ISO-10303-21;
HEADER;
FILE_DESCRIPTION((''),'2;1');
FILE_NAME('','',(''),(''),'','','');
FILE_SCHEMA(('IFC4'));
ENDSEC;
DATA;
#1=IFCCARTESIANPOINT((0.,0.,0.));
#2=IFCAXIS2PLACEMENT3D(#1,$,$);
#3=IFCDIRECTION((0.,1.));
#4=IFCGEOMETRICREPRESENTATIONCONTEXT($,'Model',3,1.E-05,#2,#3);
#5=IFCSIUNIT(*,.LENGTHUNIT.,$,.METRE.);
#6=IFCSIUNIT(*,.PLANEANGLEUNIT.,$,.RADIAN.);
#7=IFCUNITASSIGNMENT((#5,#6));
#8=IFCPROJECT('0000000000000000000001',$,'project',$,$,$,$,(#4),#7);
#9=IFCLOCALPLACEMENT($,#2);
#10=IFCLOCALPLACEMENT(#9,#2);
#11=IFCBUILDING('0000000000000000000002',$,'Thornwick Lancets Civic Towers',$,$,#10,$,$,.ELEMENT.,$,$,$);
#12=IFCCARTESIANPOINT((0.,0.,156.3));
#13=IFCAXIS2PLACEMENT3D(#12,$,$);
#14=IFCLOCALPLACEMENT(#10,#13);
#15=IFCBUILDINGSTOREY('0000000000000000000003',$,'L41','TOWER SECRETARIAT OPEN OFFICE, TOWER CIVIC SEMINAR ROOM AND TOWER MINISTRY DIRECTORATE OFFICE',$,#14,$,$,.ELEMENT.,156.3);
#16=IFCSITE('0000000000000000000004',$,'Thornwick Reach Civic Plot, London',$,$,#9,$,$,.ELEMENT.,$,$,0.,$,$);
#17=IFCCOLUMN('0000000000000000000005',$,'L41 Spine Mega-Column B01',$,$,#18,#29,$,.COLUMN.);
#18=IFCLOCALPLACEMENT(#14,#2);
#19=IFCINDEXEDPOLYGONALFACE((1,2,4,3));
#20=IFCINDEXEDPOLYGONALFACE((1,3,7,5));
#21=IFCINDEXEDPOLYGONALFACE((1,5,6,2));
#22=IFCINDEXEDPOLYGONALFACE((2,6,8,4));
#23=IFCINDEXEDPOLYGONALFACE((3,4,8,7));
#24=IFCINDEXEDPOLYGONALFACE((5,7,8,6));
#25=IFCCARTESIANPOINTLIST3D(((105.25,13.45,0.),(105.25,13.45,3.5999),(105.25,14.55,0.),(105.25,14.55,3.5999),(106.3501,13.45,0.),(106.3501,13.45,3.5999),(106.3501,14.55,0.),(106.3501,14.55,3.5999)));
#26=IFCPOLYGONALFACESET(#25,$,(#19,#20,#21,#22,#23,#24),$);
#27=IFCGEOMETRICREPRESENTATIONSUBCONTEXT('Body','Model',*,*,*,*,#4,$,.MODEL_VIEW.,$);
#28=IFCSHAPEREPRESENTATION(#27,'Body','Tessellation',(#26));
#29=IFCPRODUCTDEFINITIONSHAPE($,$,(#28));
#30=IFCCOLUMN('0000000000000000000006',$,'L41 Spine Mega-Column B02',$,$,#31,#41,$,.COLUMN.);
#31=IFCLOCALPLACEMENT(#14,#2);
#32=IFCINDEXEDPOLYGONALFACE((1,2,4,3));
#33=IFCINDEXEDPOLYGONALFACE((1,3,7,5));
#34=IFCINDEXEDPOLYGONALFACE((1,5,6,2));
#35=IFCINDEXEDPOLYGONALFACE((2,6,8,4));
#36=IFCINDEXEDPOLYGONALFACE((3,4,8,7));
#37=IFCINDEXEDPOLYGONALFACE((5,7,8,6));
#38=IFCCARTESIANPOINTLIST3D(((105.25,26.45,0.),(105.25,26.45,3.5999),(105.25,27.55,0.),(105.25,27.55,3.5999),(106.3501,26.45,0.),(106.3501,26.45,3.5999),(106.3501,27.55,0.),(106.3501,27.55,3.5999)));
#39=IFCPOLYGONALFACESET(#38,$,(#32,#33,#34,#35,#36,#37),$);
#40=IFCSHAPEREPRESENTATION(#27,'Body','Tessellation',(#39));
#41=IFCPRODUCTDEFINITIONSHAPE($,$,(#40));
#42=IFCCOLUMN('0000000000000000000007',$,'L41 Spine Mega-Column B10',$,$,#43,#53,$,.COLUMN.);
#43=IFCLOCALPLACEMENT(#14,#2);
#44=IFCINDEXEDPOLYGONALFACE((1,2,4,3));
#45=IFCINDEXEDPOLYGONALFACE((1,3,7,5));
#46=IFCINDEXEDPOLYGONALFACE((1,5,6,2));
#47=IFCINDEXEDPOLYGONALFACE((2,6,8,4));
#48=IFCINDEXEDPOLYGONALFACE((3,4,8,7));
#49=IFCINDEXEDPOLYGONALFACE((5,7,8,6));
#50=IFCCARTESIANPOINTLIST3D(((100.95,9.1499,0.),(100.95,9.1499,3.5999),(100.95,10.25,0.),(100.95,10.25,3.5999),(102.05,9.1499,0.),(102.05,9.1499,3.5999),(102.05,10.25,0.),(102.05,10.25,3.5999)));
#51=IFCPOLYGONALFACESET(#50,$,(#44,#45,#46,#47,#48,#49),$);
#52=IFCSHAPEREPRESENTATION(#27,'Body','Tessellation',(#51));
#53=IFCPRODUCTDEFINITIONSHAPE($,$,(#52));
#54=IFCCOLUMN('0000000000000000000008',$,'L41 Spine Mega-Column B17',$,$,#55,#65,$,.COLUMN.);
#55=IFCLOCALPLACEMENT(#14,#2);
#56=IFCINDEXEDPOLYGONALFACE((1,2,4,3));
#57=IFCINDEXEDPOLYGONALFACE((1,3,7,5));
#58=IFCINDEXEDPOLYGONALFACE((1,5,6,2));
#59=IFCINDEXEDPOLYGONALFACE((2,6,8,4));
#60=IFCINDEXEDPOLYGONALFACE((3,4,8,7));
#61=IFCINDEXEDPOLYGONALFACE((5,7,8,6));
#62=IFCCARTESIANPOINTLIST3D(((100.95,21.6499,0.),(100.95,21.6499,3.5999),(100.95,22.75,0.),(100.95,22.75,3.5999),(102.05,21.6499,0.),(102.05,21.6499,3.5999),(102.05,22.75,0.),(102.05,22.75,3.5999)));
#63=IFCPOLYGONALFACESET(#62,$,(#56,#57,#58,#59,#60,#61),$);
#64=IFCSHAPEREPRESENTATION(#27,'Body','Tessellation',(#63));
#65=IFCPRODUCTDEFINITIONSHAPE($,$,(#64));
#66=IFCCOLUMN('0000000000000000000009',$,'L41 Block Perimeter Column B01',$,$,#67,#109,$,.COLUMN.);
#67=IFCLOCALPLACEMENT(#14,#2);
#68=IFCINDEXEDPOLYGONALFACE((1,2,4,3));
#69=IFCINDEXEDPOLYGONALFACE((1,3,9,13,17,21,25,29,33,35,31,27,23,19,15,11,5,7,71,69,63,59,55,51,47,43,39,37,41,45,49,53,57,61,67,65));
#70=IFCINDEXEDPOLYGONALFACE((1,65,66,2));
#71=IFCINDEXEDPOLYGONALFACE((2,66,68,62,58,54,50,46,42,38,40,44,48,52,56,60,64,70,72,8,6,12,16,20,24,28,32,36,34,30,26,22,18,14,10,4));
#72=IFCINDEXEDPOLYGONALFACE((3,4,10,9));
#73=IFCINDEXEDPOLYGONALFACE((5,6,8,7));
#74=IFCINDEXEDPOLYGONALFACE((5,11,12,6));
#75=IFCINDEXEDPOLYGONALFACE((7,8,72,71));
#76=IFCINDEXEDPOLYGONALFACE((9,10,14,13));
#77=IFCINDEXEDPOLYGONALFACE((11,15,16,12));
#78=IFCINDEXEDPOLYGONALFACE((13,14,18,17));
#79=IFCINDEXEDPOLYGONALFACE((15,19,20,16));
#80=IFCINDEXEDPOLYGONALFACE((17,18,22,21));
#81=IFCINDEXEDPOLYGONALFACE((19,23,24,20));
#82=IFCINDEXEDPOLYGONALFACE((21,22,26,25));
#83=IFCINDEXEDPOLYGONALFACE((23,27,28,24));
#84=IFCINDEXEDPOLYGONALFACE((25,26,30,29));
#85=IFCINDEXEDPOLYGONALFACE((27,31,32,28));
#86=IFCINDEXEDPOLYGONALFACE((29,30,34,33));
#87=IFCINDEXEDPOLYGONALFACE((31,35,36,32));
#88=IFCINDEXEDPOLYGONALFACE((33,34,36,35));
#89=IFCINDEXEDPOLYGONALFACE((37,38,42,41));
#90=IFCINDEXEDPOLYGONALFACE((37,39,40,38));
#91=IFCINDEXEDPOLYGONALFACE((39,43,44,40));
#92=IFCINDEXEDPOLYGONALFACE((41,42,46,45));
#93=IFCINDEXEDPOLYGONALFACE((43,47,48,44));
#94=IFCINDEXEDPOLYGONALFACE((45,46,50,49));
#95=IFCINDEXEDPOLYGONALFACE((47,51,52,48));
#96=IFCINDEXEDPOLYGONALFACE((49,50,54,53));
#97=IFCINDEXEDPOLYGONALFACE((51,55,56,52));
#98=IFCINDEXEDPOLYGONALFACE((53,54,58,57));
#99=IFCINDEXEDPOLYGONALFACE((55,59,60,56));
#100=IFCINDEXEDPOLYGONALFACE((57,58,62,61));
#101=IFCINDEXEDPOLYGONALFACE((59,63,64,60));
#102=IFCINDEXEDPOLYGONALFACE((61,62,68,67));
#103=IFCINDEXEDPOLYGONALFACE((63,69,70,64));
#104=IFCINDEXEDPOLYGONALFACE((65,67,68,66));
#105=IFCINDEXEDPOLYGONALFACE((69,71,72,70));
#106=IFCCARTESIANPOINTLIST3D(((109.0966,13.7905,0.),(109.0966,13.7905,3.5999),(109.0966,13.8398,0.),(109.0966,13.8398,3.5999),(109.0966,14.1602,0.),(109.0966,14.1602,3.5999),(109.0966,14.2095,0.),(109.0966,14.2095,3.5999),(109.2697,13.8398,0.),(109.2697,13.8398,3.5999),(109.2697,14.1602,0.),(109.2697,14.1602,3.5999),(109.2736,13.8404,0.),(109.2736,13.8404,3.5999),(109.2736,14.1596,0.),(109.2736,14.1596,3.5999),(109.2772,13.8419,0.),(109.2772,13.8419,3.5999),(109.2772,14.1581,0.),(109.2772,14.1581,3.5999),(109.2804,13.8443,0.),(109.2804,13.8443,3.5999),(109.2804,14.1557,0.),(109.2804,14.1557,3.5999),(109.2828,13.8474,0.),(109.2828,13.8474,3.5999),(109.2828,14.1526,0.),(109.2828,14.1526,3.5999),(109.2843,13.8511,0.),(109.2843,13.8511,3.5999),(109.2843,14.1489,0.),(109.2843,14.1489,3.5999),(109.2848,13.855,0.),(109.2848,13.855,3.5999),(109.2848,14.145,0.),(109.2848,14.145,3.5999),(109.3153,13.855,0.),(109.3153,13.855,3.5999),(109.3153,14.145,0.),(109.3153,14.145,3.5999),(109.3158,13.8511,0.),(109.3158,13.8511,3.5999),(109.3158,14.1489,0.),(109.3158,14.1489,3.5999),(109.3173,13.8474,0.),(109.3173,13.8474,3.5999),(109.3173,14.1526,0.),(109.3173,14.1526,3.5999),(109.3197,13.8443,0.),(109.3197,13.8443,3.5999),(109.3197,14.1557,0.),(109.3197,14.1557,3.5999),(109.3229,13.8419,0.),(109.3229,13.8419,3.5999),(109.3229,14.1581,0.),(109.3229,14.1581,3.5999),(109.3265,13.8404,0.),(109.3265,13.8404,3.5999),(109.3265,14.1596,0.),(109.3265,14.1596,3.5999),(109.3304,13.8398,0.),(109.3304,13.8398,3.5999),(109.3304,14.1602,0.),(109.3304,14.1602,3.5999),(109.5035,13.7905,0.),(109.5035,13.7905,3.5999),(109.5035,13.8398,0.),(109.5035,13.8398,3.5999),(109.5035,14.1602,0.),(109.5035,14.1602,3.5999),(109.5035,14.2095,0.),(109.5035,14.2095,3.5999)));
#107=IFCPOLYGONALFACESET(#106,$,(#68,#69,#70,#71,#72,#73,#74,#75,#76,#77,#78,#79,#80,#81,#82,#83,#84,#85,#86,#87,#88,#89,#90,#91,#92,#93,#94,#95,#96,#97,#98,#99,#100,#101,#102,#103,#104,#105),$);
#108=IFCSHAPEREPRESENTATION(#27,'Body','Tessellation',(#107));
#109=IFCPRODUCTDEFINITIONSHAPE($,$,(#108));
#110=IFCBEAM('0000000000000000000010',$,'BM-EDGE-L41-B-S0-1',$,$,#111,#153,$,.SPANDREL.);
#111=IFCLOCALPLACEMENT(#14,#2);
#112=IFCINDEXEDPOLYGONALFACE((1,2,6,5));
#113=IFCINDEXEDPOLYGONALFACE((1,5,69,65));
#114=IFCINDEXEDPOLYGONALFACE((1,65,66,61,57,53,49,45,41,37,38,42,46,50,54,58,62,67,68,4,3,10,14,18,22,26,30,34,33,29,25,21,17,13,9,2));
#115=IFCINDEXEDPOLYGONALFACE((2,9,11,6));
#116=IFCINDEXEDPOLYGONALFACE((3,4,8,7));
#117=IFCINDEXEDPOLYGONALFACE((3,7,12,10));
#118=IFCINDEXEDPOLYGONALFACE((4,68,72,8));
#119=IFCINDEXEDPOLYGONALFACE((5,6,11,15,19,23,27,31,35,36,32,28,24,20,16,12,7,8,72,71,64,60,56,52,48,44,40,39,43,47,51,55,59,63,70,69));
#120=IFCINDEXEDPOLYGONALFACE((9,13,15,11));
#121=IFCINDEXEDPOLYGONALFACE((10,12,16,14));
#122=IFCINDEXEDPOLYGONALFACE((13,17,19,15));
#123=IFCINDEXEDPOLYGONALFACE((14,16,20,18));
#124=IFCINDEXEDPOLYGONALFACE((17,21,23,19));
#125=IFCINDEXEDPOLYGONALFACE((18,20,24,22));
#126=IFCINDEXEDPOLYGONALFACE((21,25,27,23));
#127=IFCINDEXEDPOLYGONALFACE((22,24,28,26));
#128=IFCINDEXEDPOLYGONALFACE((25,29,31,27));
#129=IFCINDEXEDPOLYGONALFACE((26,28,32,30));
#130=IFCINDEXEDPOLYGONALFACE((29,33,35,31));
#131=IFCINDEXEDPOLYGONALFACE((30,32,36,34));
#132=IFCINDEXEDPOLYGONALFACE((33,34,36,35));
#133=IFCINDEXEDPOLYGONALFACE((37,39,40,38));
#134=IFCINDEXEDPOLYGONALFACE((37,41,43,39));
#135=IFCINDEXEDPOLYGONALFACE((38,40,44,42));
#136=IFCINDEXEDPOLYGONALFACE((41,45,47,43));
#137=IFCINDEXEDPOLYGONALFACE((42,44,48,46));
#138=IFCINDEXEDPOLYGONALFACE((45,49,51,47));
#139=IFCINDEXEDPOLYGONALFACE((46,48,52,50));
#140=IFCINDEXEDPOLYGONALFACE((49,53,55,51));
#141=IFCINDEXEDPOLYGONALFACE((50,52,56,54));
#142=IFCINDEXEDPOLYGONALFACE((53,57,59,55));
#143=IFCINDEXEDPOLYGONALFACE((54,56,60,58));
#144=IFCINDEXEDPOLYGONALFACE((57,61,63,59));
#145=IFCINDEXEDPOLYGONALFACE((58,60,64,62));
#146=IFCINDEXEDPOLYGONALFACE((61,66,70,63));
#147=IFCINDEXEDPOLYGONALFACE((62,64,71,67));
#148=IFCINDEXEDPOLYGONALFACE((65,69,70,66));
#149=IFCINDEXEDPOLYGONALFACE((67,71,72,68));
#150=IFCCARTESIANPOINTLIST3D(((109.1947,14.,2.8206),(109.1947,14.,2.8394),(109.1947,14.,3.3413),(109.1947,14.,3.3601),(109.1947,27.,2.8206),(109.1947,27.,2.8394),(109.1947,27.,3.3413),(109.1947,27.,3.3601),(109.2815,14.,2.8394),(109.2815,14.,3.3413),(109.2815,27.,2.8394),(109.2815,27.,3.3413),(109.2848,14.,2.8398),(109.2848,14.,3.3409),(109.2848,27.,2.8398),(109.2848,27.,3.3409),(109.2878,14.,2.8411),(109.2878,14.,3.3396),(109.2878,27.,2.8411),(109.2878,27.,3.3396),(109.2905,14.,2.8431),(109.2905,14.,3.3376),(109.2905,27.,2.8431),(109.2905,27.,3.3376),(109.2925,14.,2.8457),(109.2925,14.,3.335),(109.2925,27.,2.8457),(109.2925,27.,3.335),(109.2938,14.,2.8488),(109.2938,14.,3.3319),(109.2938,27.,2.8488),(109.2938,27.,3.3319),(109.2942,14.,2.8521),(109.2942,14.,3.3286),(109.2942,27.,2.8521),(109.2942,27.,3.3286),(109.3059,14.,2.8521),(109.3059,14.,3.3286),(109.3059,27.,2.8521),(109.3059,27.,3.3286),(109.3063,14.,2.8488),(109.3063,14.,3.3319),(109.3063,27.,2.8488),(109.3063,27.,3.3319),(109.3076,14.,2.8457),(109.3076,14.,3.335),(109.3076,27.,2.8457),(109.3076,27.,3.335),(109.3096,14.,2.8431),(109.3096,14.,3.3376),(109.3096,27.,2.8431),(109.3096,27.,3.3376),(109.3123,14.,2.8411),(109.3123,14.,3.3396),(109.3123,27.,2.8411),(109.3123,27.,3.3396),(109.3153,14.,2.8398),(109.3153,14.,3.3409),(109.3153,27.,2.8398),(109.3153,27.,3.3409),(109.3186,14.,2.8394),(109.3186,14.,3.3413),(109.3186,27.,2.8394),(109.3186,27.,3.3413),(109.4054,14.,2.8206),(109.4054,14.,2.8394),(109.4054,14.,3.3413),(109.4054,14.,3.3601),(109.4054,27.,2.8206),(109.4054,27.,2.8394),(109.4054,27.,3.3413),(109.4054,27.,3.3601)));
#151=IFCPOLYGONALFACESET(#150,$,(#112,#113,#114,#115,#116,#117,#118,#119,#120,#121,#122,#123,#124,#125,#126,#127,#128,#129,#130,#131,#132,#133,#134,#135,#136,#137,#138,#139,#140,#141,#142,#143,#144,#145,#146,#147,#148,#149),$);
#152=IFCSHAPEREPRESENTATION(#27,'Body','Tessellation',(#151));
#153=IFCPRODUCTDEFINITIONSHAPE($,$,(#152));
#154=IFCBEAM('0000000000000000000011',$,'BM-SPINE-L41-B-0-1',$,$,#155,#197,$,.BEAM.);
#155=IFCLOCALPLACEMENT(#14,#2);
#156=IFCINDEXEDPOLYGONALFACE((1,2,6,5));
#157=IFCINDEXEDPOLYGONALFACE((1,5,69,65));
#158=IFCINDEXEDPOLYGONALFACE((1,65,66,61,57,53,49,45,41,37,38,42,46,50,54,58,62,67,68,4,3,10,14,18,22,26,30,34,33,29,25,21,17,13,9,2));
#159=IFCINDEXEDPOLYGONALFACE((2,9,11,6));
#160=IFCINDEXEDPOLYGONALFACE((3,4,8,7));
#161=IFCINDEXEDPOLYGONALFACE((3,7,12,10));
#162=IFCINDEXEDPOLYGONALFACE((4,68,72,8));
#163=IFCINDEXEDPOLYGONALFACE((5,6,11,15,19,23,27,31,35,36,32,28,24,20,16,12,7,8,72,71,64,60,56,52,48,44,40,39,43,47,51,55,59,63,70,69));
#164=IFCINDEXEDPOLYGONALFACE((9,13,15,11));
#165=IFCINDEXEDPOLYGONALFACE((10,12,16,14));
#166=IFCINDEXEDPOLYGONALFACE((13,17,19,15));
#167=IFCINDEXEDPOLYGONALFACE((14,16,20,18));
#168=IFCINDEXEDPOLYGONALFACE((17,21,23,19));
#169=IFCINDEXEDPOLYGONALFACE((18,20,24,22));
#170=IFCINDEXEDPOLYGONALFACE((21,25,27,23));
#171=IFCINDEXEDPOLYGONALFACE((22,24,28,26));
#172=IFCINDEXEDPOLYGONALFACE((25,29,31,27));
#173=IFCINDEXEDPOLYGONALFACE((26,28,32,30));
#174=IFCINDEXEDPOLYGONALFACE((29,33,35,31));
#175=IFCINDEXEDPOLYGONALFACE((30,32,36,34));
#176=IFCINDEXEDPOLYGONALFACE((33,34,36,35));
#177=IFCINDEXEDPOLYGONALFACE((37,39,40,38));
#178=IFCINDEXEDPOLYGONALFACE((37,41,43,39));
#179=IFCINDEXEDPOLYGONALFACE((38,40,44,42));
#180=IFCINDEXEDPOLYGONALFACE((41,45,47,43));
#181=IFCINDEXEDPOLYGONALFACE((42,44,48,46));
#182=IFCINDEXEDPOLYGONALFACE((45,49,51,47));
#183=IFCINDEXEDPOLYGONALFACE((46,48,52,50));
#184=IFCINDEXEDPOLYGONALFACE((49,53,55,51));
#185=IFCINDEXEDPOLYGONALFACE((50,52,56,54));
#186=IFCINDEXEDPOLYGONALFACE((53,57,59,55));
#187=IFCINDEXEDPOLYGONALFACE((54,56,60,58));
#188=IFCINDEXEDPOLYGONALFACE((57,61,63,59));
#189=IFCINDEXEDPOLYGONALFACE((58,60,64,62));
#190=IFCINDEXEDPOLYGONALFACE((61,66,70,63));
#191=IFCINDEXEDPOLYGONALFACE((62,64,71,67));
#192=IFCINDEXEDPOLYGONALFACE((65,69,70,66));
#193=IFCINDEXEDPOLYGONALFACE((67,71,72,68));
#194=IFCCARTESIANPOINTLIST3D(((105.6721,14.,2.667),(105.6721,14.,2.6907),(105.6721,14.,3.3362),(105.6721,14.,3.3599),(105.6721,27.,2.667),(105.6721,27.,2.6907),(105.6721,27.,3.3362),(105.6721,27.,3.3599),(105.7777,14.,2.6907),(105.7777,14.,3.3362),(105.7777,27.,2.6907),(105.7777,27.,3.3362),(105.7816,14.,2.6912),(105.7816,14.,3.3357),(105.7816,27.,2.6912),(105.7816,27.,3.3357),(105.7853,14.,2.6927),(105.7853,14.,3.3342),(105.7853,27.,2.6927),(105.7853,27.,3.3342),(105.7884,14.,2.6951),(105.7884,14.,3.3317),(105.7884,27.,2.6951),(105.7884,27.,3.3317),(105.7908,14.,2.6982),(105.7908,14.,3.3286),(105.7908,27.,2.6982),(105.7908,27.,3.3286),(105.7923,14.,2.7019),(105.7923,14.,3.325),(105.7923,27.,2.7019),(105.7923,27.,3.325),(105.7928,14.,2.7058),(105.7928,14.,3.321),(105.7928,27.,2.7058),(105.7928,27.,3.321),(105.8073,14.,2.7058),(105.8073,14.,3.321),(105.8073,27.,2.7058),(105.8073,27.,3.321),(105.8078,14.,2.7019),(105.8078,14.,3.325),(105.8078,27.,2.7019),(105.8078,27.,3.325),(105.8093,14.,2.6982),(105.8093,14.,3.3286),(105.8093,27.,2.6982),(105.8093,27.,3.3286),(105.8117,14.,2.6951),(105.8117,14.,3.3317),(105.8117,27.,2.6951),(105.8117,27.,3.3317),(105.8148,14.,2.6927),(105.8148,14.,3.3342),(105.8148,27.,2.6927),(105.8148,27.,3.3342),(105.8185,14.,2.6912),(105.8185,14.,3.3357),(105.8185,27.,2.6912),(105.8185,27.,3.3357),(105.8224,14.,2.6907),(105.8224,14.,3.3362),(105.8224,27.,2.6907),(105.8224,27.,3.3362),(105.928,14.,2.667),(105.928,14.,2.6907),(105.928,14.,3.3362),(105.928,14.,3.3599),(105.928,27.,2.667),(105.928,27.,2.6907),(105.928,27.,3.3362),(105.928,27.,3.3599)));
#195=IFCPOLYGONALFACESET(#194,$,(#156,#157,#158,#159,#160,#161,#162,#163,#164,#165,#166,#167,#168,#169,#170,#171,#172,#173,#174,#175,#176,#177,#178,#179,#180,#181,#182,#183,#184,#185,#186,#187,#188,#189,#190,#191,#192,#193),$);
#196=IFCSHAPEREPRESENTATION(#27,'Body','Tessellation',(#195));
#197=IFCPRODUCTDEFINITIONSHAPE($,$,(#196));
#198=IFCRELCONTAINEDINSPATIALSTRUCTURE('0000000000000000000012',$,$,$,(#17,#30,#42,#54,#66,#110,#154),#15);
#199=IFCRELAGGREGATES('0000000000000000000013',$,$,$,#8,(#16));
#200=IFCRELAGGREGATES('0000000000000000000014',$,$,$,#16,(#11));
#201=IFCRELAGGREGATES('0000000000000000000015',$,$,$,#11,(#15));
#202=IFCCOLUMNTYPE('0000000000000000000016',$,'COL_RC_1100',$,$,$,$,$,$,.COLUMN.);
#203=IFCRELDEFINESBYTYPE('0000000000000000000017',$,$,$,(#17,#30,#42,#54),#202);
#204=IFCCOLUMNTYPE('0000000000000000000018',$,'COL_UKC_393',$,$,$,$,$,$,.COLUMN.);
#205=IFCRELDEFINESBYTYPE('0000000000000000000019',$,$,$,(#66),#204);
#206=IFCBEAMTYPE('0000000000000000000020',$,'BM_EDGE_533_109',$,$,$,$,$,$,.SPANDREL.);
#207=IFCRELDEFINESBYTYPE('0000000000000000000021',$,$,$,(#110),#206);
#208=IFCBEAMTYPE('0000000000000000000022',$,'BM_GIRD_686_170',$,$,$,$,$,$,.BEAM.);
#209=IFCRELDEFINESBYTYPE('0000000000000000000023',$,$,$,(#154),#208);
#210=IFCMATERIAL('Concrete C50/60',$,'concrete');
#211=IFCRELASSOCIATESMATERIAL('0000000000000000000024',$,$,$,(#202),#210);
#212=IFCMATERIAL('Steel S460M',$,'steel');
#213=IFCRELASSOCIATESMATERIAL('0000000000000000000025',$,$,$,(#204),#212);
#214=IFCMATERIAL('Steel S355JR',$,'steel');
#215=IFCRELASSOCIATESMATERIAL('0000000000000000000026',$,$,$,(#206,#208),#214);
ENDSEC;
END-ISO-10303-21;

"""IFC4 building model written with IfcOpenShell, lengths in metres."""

from ifc_helpers import new_model, si_unit, direction, frame, origin, origin_2d, place, context, subcontext, project, spatial, rectangle, i_section, extrude, material, material_profile, profile_set, type_object, element, save


model = new_model("IFC4")

# Units and contexts
model_context = context("Model", 3, precision=1e-05, world=origin(), true_north=direction((0.0, 1.0)))
body_context = subcontext(model_context, "Body", "Model", "MODEL_VIEW")
ifc_project = project(units=[si_unit("LENGTHUNIT", "METRE"), si_unit("PLANEANGLEUNIT", "RADIAN")], contexts=[model_context])

# Site, building, storey
site_placement = place(None, origin())
site = spatial("IfcSite", under=ifc_project, at=site_placement, Name="Thornwick Reach Civic Plot, London", CompositionType="ELEMENT", RefElevation=0.0)
building_placement = place(site_placement, origin())
building = spatial("IfcBuilding", under=site, at=building_placement, Name="Thornwick Lancets Civic Towers", CompositionType="ELEMENT")
storey_placement = place(building_placement, frame((0.0, 0.0, 156.3)))
storey = spatial("IfcBuildingStorey", under=building, at=storey_placement, Name="L41", Description="TOWER SECRETARIAT OPEN OFFICE, TOWER CIVIC SEMINAR ROOM AND TOWER MINISTRY DIRECTORATE OFFICE", CompositionType="ELEMENT", Elevation=156.3)

# Columns
ifc_material_1 = material(Name="Concrete C50/60", Category="concrete")
ifc_material_profile_1 = material_profile(ifc_material_1, rectangle(XDim=1.1001, YDim=1.1001, at=origin_2d()), Name="RC 1100x1100")
ifc_profile_set_1 = profile_set([ifc_material_profile_1], Name="Concrete C50/60")
column_type_1 = type_object("IfcColumnType", Name="COL_RC_1100", PredefinedType="COLUMN", material=ifc_profile_set_1)
for number, where, z_axis, x_axis, name in (
    (1, (105.8, 14.0, 0.0), (0.0, 0.0, 1.0), (1.0, 0.0, 0.0), "L41 Spine Mega-Column B01"),
    (2, (105.8, 27.0, 0.0), (0.0, 0.0, 1.0), (1.0, 0.0, 0.0), "L41 Spine Mega-Column B02"),
    (3, (101.5, 9.7, 0.0), (0.0, 0.0, 1.0), (1.0, 0.0, 0.0), "L41 Spine Mega-Column B10"),
    (4, (101.5, 22.2, 0.0), (0.0, 0.0, 1.0), (1.0, 0.0, 0.0), "L41 Spine Mega-Column B17"),
):
    element("IfcColumn", number, at=place(storey_placement, frame(where, z_axis=z_axis, x_axis=x_axis)), inside=storey, type_object=column_type_1, Name=name, PredefinedType="COLUMN", context=body_context, shape_type="SweptSolid", body=[
        extrude(rectangle(XDim=1.1001, YDim=1.1001, at=origin_2d()), origin(), (0.0, 0.0, 1.0), 3.5999),
    ])
ifc_material_2 = material(Name="Steel S460M", Category="steel")
ifc_material_profile_2 = material_profile(ifc_material_2, i_section(OverallWidth=0.407, OverallDepth=0.4189, WebThickness=0.0305, FlangeThickness=0.0493, FilletRadius=0.0151, at=origin_2d()), Name="UKC 356x406x393")
ifc_profile_set_2 = profile_set([ifc_material_profile_2], Name="Steel S460M")
column_type_2 = type_object("IfcColumnType", Name="COL_UKC_393", PredefinedType="COLUMN", material=ifc_profile_set_2)
column_placement = place(storey_placement, frame((109.3, 14.0, 0.0), z_axis=(0.0, 0.0, 1.0), x_axis=(1.0, 0.0, 0.0)))
element("IfcColumn", 5, at=column_placement, inside=storey, type_object=column_type_2, Name="L41 Block Perimeter Column B01", PredefinedType="COLUMN", context=body_context, shape_type="SweptSolid", body=[
    extrude(i_section(OverallWidth=0.407, OverallDepth=0.4189, WebThickness=0.0305, FlangeThickness=0.0493, FilletRadius=0.0151, at=origin_2d()), origin(), (0.0, 0.0, 1.0), 3.5999),
])

# Beams
ifc_material_3 = material(Name="Steel S355JR", Category="steel")
ifc_material_profile_3 = material_profile(ifc_material_3, i_section(OverallWidth=0.2107, OverallDepth=0.5396, WebThickness=0.0117, FlangeThickness=0.0188, FilletRadius=0.0127, at=origin_2d()), Name="UKB 533x210x109")
ifc_profile_set_3 = profile_set([ifc_material_profile_3], Name="Steel S355JR")
beam_type_1 = type_object("IfcBeamType", Name="BM_EDGE_533_109", PredefinedType="SPANDREL", material=ifc_profile_set_3)
beam_1_placement = place(storey_placement, frame((109.3, 14.0, 3.0903), z_axis=(0.0, 1.0, 0.0), x_axis=(-1.0, 0.0, 0.0)))
element("IfcBeam", 6, at=beam_1_placement, inside=storey, type_object=beam_type_1, Name="BM-EDGE-L41-B-S0-1", PredefinedType="SPANDREL", context=body_context, shape_type="SweptSolid", body=[
    extrude(i_section(OverallWidth=0.2107, OverallDepth=0.5396, WebThickness=0.0117, FlangeThickness=0.0188, FilletRadius=0.0127, at=origin_2d()), origin(), (0.0, 0.0, 1.0), 13.0),
])
ifc_material_profile_4 = material_profile(ifc_material_3, i_section(OverallWidth=0.2559, OverallDepth=0.6929, WebThickness=0.0144, FlangeThickness=0.0237, FilletRadius=0.0151, at=origin_2d()), Name="UKB 686x254x170")
ifc_profile_set_4 = profile_set([ifc_material_profile_4], Name="Steel S355JR")
beam_type_2 = type_object("IfcBeamType", Name="BM_GIRD_686_170", PredefinedType="BEAM", material=ifc_profile_set_4)
for number, where, z_axis, x_axis, name in (
    (7, (105.8, 14.0, 3.0134), (0.0, 1.0, 0.0), (-1.0, 0.0, 0.0), "BM-SPINE-L41-B-0-1"),
):
    element("IfcBeam", number, at=place(storey_placement, frame(where, z_axis=z_axis, x_axis=x_axis)), inside=storey, type_object=beam_type_2, Name=name, PredefinedType="BEAM", context=body_context, shape_type="SweptSolid", body=[
        extrude(i_section(OverallWidth=0.2559, OverallDepth=0.6929, WebThickness=0.0144, FlangeThickness=0.0237, FilletRadius=0.0151, at=origin_2d()), origin(), (0.0, 0.0, 1.0), 13.0),
    ])

save(model, "model.ifc")
